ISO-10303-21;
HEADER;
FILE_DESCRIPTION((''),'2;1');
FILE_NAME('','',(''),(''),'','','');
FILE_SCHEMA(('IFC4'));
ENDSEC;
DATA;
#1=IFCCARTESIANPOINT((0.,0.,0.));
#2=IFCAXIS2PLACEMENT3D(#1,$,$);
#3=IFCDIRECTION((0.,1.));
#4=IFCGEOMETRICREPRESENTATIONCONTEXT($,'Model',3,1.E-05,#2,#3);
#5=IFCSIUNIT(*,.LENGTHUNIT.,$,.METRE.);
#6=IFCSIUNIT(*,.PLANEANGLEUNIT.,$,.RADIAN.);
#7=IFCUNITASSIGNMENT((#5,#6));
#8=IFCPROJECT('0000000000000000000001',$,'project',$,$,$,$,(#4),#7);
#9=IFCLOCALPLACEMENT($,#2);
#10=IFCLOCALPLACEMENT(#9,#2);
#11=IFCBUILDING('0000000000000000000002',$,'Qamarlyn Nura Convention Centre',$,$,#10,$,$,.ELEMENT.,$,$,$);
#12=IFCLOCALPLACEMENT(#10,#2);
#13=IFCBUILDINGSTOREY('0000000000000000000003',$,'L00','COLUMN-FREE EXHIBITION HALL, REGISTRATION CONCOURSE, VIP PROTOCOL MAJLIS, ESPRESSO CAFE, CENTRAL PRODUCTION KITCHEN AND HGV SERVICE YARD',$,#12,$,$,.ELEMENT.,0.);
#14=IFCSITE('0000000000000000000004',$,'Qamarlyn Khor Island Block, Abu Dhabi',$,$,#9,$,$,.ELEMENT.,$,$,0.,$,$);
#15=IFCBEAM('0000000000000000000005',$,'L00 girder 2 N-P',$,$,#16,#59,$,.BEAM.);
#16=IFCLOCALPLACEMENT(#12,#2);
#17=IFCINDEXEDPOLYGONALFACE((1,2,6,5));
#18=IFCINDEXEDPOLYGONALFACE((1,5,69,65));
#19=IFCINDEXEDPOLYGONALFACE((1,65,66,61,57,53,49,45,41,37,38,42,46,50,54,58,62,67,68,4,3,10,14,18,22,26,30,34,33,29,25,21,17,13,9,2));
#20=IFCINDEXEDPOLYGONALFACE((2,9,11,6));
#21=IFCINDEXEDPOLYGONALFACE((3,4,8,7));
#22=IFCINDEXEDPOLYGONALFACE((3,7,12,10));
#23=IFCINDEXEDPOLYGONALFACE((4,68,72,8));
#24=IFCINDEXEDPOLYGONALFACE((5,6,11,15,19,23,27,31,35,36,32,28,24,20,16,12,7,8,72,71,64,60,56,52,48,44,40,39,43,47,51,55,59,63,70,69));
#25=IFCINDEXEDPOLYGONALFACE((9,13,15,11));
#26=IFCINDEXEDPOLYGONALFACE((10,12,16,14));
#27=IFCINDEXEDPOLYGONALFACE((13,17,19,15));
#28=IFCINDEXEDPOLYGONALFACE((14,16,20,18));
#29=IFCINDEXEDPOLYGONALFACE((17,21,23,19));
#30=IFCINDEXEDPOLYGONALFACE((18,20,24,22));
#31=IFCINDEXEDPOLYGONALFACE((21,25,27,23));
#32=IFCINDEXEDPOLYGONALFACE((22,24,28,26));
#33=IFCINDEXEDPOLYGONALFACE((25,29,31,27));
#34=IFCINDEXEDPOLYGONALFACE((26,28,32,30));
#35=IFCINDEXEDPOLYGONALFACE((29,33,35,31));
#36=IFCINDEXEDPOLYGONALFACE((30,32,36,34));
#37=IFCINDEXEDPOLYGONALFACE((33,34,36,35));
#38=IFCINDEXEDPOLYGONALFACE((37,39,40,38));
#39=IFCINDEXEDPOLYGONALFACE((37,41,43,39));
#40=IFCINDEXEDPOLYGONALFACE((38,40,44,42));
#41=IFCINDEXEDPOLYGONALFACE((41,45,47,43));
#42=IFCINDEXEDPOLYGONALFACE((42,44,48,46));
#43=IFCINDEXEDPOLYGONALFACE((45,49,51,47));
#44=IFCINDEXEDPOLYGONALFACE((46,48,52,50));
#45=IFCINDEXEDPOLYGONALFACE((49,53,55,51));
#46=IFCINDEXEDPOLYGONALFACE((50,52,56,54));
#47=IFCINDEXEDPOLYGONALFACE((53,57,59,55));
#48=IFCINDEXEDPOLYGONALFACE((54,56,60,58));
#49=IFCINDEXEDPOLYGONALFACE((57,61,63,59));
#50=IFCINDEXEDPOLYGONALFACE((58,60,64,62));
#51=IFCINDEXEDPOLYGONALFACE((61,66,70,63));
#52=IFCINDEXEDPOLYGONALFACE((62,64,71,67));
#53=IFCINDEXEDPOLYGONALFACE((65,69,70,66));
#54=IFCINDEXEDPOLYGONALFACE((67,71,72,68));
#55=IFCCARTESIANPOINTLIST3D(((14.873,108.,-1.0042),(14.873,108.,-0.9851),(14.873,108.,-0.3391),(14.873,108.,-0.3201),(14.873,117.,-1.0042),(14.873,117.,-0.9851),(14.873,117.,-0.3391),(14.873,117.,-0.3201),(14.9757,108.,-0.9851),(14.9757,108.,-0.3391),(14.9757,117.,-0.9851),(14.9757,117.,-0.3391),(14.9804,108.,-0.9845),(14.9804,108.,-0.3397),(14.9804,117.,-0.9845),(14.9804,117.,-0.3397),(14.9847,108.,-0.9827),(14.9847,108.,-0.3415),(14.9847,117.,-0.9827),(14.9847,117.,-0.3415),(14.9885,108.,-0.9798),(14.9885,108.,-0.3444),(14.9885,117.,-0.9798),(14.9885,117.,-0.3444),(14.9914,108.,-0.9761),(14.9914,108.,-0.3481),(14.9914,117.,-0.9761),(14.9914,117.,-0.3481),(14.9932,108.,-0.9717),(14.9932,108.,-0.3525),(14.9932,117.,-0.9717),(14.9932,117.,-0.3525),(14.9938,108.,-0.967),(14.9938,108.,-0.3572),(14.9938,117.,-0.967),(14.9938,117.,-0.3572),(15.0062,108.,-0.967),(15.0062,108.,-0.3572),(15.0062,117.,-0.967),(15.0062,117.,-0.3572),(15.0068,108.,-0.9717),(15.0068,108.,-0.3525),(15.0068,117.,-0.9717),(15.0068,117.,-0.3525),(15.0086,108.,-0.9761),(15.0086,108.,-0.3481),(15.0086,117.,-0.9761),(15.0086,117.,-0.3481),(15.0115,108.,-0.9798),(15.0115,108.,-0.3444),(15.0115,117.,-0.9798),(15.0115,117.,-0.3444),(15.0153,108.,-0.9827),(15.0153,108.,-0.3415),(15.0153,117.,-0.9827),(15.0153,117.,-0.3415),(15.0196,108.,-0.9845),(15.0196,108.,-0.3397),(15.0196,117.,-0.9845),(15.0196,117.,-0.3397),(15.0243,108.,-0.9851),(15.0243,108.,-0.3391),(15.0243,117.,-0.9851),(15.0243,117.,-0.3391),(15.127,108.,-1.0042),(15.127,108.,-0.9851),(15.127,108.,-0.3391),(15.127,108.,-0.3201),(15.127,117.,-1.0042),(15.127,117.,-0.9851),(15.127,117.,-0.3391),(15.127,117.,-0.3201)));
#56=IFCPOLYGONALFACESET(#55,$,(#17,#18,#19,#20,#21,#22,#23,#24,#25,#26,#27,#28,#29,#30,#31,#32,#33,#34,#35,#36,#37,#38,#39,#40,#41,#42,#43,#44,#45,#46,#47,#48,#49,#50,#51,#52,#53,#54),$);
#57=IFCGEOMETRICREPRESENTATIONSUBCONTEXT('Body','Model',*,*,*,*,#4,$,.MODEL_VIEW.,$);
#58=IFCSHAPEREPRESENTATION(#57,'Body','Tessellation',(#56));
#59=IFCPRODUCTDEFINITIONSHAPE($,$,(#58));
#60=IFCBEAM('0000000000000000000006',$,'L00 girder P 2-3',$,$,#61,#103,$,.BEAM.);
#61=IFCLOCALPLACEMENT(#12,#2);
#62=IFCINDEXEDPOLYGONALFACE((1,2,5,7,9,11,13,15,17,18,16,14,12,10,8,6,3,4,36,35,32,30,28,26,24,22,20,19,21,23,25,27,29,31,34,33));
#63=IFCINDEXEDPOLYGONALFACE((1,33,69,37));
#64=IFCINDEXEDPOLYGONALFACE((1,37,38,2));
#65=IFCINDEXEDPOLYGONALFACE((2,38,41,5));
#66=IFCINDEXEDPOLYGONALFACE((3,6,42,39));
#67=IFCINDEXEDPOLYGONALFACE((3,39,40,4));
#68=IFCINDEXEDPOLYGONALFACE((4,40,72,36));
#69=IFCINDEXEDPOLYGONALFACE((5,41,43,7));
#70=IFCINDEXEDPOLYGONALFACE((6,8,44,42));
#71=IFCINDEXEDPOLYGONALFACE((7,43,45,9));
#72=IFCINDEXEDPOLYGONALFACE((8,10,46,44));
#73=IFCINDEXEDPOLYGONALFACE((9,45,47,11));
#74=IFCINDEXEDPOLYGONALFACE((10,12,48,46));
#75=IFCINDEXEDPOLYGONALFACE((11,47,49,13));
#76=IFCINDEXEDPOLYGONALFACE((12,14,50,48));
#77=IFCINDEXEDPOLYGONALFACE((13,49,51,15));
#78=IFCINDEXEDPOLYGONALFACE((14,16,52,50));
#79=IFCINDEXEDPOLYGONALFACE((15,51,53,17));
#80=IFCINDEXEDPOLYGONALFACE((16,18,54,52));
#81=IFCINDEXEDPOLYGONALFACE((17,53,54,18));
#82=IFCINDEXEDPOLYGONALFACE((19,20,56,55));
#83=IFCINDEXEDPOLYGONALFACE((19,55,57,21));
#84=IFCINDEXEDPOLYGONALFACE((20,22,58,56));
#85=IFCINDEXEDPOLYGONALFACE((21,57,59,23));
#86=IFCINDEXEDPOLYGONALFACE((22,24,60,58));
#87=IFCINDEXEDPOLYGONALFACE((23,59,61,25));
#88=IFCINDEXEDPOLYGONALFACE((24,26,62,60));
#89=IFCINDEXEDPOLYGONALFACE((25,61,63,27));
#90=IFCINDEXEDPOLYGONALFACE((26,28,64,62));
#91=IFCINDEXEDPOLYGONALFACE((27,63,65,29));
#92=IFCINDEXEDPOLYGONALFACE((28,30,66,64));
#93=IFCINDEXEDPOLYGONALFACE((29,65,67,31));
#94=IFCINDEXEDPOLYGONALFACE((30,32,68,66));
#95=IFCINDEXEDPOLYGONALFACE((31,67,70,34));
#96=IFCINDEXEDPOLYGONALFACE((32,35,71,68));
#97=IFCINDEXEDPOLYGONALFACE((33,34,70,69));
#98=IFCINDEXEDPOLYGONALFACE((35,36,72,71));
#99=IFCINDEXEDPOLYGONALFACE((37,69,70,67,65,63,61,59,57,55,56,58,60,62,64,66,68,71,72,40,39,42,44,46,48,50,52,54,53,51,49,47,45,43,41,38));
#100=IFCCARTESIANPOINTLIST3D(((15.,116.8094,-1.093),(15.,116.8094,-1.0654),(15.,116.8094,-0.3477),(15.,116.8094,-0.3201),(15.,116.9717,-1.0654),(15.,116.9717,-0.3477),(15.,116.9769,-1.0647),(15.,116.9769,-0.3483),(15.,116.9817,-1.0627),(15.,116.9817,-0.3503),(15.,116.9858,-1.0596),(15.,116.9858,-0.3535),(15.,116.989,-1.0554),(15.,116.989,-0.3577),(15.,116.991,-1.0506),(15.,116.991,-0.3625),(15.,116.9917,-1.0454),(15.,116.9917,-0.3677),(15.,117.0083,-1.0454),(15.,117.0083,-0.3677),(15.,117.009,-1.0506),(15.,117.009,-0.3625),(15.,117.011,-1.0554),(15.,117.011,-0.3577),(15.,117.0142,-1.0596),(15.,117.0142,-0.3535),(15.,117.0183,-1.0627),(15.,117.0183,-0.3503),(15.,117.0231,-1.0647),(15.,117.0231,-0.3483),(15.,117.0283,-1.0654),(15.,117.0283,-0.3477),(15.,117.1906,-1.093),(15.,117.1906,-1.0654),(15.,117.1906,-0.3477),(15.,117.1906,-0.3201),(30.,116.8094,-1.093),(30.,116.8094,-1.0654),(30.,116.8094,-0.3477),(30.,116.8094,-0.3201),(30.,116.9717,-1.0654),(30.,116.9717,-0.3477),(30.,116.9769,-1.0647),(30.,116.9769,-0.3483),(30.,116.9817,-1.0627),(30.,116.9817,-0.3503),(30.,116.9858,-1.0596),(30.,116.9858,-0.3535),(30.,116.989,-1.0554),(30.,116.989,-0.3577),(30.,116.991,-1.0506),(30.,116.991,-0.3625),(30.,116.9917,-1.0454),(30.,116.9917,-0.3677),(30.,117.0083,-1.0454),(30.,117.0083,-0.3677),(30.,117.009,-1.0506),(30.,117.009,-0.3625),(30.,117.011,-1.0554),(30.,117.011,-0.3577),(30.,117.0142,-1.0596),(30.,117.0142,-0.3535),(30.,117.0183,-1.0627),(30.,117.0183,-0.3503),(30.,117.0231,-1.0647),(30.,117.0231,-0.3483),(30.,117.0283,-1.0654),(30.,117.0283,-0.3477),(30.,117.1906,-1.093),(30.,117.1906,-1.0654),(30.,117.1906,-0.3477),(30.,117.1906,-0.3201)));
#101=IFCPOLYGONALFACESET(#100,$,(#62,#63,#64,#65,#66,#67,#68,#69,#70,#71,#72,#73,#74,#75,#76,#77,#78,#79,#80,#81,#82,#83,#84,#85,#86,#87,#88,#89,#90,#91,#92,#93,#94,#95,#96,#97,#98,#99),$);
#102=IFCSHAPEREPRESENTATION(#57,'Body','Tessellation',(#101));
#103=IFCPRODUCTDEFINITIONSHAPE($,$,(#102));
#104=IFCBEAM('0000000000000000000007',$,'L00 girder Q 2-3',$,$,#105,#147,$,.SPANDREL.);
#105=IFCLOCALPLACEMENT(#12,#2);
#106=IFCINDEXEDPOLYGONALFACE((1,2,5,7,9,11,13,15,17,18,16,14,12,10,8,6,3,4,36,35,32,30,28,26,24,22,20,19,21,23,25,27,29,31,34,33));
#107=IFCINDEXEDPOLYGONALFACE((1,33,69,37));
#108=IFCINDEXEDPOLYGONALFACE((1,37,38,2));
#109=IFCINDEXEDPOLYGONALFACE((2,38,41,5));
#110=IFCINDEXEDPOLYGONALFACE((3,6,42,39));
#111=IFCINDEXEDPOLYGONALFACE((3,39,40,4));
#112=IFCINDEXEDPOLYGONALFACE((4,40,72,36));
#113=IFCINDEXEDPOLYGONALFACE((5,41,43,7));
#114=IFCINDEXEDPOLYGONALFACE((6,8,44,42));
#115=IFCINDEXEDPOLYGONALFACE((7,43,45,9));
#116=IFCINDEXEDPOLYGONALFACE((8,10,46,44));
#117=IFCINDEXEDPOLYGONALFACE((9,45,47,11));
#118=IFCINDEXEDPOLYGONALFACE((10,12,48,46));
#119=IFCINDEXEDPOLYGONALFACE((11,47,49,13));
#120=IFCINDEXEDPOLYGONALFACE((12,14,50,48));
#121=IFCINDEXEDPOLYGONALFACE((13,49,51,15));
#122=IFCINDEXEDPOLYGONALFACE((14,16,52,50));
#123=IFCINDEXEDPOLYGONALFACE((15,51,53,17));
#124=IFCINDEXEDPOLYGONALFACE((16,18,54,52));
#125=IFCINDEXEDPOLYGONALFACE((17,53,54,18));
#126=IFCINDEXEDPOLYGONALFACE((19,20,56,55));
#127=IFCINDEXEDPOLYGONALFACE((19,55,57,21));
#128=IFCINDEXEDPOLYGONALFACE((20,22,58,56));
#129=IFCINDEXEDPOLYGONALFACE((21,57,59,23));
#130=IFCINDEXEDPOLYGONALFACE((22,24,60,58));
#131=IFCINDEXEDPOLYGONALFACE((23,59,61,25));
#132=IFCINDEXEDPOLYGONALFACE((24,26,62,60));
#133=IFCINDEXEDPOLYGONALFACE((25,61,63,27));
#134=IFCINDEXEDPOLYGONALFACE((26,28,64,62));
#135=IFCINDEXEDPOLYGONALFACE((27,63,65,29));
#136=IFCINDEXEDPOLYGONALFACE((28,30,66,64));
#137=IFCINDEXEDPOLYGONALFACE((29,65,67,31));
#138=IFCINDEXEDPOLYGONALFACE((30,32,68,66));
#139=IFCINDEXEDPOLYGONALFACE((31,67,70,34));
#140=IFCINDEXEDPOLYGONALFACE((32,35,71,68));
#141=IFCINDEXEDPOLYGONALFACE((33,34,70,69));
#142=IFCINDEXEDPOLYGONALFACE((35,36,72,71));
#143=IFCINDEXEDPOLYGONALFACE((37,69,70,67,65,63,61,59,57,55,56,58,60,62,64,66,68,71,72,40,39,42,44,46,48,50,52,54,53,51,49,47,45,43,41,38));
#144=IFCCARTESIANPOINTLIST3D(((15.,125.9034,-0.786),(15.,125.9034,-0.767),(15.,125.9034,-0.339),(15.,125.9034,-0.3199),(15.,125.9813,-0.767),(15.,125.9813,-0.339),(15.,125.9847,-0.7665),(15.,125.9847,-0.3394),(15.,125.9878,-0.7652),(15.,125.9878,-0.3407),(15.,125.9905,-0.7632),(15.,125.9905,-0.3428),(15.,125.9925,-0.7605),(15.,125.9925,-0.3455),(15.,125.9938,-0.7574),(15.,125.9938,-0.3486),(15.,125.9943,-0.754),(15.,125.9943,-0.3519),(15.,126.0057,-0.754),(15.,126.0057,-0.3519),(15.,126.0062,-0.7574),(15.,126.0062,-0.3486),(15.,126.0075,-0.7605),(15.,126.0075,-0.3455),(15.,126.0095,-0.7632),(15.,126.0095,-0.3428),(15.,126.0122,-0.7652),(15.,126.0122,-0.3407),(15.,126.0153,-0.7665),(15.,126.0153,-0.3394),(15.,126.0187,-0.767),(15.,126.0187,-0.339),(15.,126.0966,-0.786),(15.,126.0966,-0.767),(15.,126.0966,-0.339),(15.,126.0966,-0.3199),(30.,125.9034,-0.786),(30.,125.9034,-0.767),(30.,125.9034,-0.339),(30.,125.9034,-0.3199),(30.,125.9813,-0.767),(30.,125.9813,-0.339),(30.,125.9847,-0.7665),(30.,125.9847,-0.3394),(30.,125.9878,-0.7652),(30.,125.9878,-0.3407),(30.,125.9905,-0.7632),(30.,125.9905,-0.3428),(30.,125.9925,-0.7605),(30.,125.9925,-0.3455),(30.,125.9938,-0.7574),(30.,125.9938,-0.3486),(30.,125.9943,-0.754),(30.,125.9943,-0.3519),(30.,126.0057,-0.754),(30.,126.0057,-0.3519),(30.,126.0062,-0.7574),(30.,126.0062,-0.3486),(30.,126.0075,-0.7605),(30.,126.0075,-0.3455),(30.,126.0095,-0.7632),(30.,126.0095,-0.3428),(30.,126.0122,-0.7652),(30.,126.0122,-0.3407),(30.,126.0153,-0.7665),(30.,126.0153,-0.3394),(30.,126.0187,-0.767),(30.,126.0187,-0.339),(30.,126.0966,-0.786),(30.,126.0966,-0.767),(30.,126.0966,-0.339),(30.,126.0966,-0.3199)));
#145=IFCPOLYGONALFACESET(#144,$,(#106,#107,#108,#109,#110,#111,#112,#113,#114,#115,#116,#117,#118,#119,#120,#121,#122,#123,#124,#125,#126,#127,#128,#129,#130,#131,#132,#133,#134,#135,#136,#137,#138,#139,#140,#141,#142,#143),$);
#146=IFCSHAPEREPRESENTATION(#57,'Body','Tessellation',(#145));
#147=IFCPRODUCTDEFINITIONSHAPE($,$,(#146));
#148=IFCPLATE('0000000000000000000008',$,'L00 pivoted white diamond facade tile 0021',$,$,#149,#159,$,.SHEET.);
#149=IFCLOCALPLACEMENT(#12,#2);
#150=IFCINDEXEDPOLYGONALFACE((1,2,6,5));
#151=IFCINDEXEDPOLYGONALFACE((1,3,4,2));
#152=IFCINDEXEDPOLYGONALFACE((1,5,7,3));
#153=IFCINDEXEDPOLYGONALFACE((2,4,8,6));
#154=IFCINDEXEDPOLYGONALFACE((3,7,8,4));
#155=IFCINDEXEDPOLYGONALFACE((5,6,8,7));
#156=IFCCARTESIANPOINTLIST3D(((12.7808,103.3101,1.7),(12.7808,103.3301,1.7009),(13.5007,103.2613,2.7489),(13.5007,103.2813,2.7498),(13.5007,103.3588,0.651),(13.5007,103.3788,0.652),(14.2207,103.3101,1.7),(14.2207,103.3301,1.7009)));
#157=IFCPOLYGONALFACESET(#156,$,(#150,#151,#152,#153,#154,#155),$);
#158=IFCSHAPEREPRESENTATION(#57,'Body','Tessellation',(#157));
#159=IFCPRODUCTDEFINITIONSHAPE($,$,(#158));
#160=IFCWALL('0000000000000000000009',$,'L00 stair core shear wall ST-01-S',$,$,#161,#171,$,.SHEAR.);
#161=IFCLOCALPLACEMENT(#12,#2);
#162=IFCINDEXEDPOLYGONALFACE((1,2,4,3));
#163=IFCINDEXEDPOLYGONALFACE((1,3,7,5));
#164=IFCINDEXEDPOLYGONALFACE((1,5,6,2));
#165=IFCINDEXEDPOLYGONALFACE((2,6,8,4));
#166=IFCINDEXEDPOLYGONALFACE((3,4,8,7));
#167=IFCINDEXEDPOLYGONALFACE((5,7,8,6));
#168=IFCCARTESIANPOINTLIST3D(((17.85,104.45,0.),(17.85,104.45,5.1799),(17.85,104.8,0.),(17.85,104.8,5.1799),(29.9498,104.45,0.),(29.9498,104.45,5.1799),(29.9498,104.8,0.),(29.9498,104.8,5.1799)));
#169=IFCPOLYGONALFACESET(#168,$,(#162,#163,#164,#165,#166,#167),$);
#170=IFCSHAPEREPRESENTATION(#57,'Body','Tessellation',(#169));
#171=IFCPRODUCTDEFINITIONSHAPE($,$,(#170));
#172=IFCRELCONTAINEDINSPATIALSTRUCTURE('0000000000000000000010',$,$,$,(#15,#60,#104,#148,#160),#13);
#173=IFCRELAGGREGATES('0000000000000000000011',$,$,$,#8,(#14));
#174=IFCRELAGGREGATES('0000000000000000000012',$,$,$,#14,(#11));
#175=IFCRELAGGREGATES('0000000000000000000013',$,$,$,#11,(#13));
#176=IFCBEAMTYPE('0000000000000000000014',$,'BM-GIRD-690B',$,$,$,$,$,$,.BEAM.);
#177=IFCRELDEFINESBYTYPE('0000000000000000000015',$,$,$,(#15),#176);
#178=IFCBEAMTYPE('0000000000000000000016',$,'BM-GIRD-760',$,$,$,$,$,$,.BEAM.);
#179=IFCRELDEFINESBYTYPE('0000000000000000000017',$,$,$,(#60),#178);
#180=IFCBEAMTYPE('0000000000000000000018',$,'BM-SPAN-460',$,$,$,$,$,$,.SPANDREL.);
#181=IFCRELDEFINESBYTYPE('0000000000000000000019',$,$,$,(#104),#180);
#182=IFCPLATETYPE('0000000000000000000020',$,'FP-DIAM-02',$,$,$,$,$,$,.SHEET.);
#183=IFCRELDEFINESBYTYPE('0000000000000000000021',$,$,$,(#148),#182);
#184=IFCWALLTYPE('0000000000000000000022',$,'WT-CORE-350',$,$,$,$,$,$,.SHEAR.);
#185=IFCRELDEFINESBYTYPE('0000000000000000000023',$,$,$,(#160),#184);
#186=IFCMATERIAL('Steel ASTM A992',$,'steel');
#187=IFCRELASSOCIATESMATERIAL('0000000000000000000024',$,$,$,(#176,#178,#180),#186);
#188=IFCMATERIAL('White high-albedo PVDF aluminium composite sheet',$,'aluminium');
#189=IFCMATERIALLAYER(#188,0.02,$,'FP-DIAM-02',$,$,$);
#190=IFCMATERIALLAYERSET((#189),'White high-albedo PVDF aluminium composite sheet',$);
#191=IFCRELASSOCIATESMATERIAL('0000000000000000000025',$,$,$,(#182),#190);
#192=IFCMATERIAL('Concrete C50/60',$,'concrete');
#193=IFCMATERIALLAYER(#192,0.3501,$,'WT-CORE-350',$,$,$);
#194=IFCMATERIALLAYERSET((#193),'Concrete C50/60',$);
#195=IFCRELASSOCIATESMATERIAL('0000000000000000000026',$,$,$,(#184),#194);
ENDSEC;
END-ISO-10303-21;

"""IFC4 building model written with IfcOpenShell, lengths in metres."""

from ifc_helpers import new_model, si_unit, direction, frame, frame_2d, origin, origin_2d, place, context, subcontext, project, spatial, polyline, rectangle, i_section, outline, extrude, material, layer, layer_set, material_profile, profile_set, type_object, element, save


model = new_model("IFC4")

# Units and contexts
model_context = context("Model", 3, precision=1e-05, world=origin(), true_north=direction((0.0, 1.0)))
body_context = subcontext(model_context, "Body", "Model", "MODEL_VIEW")
ifc_project = project(units=[si_unit("LENGTHUNIT", "METRE"), si_unit("PLANEANGLEUNIT", "RADIAN")], contexts=[model_context])

# Site, building, storey
site_placement = place(None, origin())
site = spatial("IfcSite", under=ifc_project, at=site_placement, Name="Qamarlyn Khor Island Block, Abu Dhabi", CompositionType="ELEMENT", RefElevation=0.0)
building_placement = place(site_placement, origin())
building = spatial("IfcBuilding", under=site, at=building_placement, Name="Qamarlyn Nura Convention Centre", CompositionType="ELEMENT")
storey_placement = place(building_placement, origin())
storey = spatial("IfcBuildingStorey", under=building, at=storey_placement, Name="L00", Description="COLUMN-FREE EXHIBITION HALL, REGISTRATION CONCOURSE, VIP PROTOCOL MAJLIS, ESPRESSO CAFE, CENTRAL PRODUCTION KITCHEN AND HGV SERVICE YARD", CompositionType="ELEMENT", Elevation=0.0)

# Shared definitions
ifc_material_1 = material(Name="Concrete C50/60", Category="concrete")
ifc_material_2 = material(Name="Steel ASTM A992", Category="steel")

# Beams
ifc_material_profile_1 = material_profile(ifc_material_2, i_section(OverallWidth=0.2539, OverallDepth=0.6841, WebThickness=0.0125, FlangeThickness=0.019, FilletRadius=0.0181, at=origin_2d()), Name="W690X140")
ifc_profile_set_1 = profile_set([ifc_material_profile_1], Name="Steel ASTM A992")
beam_type_1 = type_object("IfcBeamType", Name="BM-GIRD-690B", PredefinedType="BEAM", material=ifc_profile_set_1)
beam_1_placement = place(storey_placement, frame((15.0, 108.0, -0.6621), z_axis=(0.0, 1.0, 0.0), x_axis=(-1.0, 0.0, 0.0)))
element("IfcBeam", 1, at=beam_1_placement, inside=storey, type_object=beam_type_1, Name="L00 girder 2 N-P", PredefinedType="BEAM", context=body_context, shape_type="SweptSolid", body=[
    extrude(i_section(OverallWidth=0.2539, OverallDepth=0.6841, WebThickness=0.0125, FlangeThickness=0.019, FilletRadius=0.0181, at=origin_2d()), origin(), (0.0, 0.0, 1.0), 9.0),
])
ifc_material_profile_2 = material_profile(ifc_material_2, i_section(OverallWidth=0.3811, OverallDepth=0.7729, WebThickness=0.0166, FlangeThickness=0.0276, FilletRadius=0.02, at=origin_2d()), Name="W760X257")
ifc_profile_set_2 = profile_set([ifc_material_profile_2], Name="Steel ASTM A992")
beam_type_2 = type_object("IfcBeamType", Name="BM-GIRD-760", PredefinedType="BEAM", material=ifc_profile_set_2)
beam_2_placement = place(storey_placement, frame((15.0, 117.0, -0.7065), z_axis=(1.0, 0.0, 0.0), x_axis=(0.0, 1.0, 0.0)))
element("IfcBeam", 2, at=beam_2_placement, inside=storey, type_object=beam_type_2, Name="L00 girder P 2-3", PredefinedType="BEAM", context=body_context, shape_type="SweptSolid", body=[
    extrude(i_section(OverallWidth=0.3811, OverallDepth=0.7729, WebThickness=0.0166, FlangeThickness=0.0276, FilletRadius=0.02, at=origin_2d()), origin(), (0.0, 0.0, 1.0), 15.0),
])
ifc_material_profile_3 = material_profile(ifc_material_2, i_section(OverallWidth=0.1931, OverallDepth=0.4661, WebThickness=0.0115, FlangeThickness=0.019, FilletRadius=0.0129, at=origin_2d()), Name="W460X97")
ifc_profile_set_3 = profile_set([ifc_material_profile_3], Name="Steel ASTM A992")
beam_type_3 = type_object("IfcBeamType", Name="BM-SPAN-460", PredefinedType="SPANDREL", material=ifc_profile_set_3)
beam_3_placement = place(storey_placement, frame((15.0, 126.0, -0.553), z_axis=(1.0, 0.0, 0.0), x_axis=(0.0, 1.0, 0.0)))
element("IfcBeam", 3, at=beam_3_placement, inside=storey, type_object=beam_type_3, Name="L00 girder Q 2-3", PredefinedType="SPANDREL", context=body_context, shape_type="SweptSolid", body=[
    extrude(i_section(OverallWidth=0.1931, OverallDepth=0.4661, WebThickness=0.0115, FlangeThickness=0.019, FilletRadius=0.0129, at=origin_2d()), origin(), (0.0, 0.0, 1.0), 15.0),
])

# Plate
ifc_material_3 = material(Name="White high-albedo PVDF aluminium composite sheet", Category="aluminium")
ifc_layer_1 = layer(ifc_material_3, 0.02, Name="FP-DIAM-02")
ifc_layer_set_1 = layer_set([ifc_layer_1], Name="White high-albedo PVDF aluminium composite sheet")
plate_type = type_object("IfcPlateType", Name="FP-DIAM-02", PredefinedType="SHEET", material=ifc_layer_set_1)
plate_placement = place(storey_placement, frame((13.5007, 103.3101, 1.7), z_axis=(0.0, 0.998923, 0.046409), x_axis=(-1.0, 0.0, 0.0)))
element("IfcPlate", 4, at=plate_placement, inside=storey, type_object=plate_type, Name="L00 pivoted white diamond facade tile 0021", PredefinedType="SHEET", context=body_context, shape_type="SweptSolid", body=[
    extrude(outline(polyline([(-0.72, 0.0), (0.0, -1.05), (0.72, 0.0), (0.0, 1.05), (-0.72, 0.0)])), origin(), (0.0, 0.0, 1.0), 0.02),
])

# Wall
ifc_layer_2 = layer(ifc_material_1, 0.3501, Name="WT-CORE-350")
ifc_layer_set_2 = layer_set([ifc_layer_2], Name="Concrete C50/60")
wall_type_1 = type_object("IfcWallType", Name="WT-CORE-350", PredefinedType="SHEAR", material=ifc_layer_set_2)
wall_1_placement = place(storey_placement, frame((17.8501, 104.625, 0.0), z_axis=(0.0, 0.0, 1.0), x_axis=(1.0, 0.0, 0.0)))
element("IfcWall", 5, at=wall_1_placement, inside=storey, type_object=wall_type_1, Name="L00 stair core shear wall ST-01-S", PredefinedType="SHEAR", context=body_context, shape_type="SweptSolid", body=[
    extrude(rectangle(XDim=12.0999, YDim=0.3501, at=frame_2d((6.0498, 0.0))), origin(), (0.0, 0.0, 1.0), 5.1799),
])

save(model, "model.ifc")
